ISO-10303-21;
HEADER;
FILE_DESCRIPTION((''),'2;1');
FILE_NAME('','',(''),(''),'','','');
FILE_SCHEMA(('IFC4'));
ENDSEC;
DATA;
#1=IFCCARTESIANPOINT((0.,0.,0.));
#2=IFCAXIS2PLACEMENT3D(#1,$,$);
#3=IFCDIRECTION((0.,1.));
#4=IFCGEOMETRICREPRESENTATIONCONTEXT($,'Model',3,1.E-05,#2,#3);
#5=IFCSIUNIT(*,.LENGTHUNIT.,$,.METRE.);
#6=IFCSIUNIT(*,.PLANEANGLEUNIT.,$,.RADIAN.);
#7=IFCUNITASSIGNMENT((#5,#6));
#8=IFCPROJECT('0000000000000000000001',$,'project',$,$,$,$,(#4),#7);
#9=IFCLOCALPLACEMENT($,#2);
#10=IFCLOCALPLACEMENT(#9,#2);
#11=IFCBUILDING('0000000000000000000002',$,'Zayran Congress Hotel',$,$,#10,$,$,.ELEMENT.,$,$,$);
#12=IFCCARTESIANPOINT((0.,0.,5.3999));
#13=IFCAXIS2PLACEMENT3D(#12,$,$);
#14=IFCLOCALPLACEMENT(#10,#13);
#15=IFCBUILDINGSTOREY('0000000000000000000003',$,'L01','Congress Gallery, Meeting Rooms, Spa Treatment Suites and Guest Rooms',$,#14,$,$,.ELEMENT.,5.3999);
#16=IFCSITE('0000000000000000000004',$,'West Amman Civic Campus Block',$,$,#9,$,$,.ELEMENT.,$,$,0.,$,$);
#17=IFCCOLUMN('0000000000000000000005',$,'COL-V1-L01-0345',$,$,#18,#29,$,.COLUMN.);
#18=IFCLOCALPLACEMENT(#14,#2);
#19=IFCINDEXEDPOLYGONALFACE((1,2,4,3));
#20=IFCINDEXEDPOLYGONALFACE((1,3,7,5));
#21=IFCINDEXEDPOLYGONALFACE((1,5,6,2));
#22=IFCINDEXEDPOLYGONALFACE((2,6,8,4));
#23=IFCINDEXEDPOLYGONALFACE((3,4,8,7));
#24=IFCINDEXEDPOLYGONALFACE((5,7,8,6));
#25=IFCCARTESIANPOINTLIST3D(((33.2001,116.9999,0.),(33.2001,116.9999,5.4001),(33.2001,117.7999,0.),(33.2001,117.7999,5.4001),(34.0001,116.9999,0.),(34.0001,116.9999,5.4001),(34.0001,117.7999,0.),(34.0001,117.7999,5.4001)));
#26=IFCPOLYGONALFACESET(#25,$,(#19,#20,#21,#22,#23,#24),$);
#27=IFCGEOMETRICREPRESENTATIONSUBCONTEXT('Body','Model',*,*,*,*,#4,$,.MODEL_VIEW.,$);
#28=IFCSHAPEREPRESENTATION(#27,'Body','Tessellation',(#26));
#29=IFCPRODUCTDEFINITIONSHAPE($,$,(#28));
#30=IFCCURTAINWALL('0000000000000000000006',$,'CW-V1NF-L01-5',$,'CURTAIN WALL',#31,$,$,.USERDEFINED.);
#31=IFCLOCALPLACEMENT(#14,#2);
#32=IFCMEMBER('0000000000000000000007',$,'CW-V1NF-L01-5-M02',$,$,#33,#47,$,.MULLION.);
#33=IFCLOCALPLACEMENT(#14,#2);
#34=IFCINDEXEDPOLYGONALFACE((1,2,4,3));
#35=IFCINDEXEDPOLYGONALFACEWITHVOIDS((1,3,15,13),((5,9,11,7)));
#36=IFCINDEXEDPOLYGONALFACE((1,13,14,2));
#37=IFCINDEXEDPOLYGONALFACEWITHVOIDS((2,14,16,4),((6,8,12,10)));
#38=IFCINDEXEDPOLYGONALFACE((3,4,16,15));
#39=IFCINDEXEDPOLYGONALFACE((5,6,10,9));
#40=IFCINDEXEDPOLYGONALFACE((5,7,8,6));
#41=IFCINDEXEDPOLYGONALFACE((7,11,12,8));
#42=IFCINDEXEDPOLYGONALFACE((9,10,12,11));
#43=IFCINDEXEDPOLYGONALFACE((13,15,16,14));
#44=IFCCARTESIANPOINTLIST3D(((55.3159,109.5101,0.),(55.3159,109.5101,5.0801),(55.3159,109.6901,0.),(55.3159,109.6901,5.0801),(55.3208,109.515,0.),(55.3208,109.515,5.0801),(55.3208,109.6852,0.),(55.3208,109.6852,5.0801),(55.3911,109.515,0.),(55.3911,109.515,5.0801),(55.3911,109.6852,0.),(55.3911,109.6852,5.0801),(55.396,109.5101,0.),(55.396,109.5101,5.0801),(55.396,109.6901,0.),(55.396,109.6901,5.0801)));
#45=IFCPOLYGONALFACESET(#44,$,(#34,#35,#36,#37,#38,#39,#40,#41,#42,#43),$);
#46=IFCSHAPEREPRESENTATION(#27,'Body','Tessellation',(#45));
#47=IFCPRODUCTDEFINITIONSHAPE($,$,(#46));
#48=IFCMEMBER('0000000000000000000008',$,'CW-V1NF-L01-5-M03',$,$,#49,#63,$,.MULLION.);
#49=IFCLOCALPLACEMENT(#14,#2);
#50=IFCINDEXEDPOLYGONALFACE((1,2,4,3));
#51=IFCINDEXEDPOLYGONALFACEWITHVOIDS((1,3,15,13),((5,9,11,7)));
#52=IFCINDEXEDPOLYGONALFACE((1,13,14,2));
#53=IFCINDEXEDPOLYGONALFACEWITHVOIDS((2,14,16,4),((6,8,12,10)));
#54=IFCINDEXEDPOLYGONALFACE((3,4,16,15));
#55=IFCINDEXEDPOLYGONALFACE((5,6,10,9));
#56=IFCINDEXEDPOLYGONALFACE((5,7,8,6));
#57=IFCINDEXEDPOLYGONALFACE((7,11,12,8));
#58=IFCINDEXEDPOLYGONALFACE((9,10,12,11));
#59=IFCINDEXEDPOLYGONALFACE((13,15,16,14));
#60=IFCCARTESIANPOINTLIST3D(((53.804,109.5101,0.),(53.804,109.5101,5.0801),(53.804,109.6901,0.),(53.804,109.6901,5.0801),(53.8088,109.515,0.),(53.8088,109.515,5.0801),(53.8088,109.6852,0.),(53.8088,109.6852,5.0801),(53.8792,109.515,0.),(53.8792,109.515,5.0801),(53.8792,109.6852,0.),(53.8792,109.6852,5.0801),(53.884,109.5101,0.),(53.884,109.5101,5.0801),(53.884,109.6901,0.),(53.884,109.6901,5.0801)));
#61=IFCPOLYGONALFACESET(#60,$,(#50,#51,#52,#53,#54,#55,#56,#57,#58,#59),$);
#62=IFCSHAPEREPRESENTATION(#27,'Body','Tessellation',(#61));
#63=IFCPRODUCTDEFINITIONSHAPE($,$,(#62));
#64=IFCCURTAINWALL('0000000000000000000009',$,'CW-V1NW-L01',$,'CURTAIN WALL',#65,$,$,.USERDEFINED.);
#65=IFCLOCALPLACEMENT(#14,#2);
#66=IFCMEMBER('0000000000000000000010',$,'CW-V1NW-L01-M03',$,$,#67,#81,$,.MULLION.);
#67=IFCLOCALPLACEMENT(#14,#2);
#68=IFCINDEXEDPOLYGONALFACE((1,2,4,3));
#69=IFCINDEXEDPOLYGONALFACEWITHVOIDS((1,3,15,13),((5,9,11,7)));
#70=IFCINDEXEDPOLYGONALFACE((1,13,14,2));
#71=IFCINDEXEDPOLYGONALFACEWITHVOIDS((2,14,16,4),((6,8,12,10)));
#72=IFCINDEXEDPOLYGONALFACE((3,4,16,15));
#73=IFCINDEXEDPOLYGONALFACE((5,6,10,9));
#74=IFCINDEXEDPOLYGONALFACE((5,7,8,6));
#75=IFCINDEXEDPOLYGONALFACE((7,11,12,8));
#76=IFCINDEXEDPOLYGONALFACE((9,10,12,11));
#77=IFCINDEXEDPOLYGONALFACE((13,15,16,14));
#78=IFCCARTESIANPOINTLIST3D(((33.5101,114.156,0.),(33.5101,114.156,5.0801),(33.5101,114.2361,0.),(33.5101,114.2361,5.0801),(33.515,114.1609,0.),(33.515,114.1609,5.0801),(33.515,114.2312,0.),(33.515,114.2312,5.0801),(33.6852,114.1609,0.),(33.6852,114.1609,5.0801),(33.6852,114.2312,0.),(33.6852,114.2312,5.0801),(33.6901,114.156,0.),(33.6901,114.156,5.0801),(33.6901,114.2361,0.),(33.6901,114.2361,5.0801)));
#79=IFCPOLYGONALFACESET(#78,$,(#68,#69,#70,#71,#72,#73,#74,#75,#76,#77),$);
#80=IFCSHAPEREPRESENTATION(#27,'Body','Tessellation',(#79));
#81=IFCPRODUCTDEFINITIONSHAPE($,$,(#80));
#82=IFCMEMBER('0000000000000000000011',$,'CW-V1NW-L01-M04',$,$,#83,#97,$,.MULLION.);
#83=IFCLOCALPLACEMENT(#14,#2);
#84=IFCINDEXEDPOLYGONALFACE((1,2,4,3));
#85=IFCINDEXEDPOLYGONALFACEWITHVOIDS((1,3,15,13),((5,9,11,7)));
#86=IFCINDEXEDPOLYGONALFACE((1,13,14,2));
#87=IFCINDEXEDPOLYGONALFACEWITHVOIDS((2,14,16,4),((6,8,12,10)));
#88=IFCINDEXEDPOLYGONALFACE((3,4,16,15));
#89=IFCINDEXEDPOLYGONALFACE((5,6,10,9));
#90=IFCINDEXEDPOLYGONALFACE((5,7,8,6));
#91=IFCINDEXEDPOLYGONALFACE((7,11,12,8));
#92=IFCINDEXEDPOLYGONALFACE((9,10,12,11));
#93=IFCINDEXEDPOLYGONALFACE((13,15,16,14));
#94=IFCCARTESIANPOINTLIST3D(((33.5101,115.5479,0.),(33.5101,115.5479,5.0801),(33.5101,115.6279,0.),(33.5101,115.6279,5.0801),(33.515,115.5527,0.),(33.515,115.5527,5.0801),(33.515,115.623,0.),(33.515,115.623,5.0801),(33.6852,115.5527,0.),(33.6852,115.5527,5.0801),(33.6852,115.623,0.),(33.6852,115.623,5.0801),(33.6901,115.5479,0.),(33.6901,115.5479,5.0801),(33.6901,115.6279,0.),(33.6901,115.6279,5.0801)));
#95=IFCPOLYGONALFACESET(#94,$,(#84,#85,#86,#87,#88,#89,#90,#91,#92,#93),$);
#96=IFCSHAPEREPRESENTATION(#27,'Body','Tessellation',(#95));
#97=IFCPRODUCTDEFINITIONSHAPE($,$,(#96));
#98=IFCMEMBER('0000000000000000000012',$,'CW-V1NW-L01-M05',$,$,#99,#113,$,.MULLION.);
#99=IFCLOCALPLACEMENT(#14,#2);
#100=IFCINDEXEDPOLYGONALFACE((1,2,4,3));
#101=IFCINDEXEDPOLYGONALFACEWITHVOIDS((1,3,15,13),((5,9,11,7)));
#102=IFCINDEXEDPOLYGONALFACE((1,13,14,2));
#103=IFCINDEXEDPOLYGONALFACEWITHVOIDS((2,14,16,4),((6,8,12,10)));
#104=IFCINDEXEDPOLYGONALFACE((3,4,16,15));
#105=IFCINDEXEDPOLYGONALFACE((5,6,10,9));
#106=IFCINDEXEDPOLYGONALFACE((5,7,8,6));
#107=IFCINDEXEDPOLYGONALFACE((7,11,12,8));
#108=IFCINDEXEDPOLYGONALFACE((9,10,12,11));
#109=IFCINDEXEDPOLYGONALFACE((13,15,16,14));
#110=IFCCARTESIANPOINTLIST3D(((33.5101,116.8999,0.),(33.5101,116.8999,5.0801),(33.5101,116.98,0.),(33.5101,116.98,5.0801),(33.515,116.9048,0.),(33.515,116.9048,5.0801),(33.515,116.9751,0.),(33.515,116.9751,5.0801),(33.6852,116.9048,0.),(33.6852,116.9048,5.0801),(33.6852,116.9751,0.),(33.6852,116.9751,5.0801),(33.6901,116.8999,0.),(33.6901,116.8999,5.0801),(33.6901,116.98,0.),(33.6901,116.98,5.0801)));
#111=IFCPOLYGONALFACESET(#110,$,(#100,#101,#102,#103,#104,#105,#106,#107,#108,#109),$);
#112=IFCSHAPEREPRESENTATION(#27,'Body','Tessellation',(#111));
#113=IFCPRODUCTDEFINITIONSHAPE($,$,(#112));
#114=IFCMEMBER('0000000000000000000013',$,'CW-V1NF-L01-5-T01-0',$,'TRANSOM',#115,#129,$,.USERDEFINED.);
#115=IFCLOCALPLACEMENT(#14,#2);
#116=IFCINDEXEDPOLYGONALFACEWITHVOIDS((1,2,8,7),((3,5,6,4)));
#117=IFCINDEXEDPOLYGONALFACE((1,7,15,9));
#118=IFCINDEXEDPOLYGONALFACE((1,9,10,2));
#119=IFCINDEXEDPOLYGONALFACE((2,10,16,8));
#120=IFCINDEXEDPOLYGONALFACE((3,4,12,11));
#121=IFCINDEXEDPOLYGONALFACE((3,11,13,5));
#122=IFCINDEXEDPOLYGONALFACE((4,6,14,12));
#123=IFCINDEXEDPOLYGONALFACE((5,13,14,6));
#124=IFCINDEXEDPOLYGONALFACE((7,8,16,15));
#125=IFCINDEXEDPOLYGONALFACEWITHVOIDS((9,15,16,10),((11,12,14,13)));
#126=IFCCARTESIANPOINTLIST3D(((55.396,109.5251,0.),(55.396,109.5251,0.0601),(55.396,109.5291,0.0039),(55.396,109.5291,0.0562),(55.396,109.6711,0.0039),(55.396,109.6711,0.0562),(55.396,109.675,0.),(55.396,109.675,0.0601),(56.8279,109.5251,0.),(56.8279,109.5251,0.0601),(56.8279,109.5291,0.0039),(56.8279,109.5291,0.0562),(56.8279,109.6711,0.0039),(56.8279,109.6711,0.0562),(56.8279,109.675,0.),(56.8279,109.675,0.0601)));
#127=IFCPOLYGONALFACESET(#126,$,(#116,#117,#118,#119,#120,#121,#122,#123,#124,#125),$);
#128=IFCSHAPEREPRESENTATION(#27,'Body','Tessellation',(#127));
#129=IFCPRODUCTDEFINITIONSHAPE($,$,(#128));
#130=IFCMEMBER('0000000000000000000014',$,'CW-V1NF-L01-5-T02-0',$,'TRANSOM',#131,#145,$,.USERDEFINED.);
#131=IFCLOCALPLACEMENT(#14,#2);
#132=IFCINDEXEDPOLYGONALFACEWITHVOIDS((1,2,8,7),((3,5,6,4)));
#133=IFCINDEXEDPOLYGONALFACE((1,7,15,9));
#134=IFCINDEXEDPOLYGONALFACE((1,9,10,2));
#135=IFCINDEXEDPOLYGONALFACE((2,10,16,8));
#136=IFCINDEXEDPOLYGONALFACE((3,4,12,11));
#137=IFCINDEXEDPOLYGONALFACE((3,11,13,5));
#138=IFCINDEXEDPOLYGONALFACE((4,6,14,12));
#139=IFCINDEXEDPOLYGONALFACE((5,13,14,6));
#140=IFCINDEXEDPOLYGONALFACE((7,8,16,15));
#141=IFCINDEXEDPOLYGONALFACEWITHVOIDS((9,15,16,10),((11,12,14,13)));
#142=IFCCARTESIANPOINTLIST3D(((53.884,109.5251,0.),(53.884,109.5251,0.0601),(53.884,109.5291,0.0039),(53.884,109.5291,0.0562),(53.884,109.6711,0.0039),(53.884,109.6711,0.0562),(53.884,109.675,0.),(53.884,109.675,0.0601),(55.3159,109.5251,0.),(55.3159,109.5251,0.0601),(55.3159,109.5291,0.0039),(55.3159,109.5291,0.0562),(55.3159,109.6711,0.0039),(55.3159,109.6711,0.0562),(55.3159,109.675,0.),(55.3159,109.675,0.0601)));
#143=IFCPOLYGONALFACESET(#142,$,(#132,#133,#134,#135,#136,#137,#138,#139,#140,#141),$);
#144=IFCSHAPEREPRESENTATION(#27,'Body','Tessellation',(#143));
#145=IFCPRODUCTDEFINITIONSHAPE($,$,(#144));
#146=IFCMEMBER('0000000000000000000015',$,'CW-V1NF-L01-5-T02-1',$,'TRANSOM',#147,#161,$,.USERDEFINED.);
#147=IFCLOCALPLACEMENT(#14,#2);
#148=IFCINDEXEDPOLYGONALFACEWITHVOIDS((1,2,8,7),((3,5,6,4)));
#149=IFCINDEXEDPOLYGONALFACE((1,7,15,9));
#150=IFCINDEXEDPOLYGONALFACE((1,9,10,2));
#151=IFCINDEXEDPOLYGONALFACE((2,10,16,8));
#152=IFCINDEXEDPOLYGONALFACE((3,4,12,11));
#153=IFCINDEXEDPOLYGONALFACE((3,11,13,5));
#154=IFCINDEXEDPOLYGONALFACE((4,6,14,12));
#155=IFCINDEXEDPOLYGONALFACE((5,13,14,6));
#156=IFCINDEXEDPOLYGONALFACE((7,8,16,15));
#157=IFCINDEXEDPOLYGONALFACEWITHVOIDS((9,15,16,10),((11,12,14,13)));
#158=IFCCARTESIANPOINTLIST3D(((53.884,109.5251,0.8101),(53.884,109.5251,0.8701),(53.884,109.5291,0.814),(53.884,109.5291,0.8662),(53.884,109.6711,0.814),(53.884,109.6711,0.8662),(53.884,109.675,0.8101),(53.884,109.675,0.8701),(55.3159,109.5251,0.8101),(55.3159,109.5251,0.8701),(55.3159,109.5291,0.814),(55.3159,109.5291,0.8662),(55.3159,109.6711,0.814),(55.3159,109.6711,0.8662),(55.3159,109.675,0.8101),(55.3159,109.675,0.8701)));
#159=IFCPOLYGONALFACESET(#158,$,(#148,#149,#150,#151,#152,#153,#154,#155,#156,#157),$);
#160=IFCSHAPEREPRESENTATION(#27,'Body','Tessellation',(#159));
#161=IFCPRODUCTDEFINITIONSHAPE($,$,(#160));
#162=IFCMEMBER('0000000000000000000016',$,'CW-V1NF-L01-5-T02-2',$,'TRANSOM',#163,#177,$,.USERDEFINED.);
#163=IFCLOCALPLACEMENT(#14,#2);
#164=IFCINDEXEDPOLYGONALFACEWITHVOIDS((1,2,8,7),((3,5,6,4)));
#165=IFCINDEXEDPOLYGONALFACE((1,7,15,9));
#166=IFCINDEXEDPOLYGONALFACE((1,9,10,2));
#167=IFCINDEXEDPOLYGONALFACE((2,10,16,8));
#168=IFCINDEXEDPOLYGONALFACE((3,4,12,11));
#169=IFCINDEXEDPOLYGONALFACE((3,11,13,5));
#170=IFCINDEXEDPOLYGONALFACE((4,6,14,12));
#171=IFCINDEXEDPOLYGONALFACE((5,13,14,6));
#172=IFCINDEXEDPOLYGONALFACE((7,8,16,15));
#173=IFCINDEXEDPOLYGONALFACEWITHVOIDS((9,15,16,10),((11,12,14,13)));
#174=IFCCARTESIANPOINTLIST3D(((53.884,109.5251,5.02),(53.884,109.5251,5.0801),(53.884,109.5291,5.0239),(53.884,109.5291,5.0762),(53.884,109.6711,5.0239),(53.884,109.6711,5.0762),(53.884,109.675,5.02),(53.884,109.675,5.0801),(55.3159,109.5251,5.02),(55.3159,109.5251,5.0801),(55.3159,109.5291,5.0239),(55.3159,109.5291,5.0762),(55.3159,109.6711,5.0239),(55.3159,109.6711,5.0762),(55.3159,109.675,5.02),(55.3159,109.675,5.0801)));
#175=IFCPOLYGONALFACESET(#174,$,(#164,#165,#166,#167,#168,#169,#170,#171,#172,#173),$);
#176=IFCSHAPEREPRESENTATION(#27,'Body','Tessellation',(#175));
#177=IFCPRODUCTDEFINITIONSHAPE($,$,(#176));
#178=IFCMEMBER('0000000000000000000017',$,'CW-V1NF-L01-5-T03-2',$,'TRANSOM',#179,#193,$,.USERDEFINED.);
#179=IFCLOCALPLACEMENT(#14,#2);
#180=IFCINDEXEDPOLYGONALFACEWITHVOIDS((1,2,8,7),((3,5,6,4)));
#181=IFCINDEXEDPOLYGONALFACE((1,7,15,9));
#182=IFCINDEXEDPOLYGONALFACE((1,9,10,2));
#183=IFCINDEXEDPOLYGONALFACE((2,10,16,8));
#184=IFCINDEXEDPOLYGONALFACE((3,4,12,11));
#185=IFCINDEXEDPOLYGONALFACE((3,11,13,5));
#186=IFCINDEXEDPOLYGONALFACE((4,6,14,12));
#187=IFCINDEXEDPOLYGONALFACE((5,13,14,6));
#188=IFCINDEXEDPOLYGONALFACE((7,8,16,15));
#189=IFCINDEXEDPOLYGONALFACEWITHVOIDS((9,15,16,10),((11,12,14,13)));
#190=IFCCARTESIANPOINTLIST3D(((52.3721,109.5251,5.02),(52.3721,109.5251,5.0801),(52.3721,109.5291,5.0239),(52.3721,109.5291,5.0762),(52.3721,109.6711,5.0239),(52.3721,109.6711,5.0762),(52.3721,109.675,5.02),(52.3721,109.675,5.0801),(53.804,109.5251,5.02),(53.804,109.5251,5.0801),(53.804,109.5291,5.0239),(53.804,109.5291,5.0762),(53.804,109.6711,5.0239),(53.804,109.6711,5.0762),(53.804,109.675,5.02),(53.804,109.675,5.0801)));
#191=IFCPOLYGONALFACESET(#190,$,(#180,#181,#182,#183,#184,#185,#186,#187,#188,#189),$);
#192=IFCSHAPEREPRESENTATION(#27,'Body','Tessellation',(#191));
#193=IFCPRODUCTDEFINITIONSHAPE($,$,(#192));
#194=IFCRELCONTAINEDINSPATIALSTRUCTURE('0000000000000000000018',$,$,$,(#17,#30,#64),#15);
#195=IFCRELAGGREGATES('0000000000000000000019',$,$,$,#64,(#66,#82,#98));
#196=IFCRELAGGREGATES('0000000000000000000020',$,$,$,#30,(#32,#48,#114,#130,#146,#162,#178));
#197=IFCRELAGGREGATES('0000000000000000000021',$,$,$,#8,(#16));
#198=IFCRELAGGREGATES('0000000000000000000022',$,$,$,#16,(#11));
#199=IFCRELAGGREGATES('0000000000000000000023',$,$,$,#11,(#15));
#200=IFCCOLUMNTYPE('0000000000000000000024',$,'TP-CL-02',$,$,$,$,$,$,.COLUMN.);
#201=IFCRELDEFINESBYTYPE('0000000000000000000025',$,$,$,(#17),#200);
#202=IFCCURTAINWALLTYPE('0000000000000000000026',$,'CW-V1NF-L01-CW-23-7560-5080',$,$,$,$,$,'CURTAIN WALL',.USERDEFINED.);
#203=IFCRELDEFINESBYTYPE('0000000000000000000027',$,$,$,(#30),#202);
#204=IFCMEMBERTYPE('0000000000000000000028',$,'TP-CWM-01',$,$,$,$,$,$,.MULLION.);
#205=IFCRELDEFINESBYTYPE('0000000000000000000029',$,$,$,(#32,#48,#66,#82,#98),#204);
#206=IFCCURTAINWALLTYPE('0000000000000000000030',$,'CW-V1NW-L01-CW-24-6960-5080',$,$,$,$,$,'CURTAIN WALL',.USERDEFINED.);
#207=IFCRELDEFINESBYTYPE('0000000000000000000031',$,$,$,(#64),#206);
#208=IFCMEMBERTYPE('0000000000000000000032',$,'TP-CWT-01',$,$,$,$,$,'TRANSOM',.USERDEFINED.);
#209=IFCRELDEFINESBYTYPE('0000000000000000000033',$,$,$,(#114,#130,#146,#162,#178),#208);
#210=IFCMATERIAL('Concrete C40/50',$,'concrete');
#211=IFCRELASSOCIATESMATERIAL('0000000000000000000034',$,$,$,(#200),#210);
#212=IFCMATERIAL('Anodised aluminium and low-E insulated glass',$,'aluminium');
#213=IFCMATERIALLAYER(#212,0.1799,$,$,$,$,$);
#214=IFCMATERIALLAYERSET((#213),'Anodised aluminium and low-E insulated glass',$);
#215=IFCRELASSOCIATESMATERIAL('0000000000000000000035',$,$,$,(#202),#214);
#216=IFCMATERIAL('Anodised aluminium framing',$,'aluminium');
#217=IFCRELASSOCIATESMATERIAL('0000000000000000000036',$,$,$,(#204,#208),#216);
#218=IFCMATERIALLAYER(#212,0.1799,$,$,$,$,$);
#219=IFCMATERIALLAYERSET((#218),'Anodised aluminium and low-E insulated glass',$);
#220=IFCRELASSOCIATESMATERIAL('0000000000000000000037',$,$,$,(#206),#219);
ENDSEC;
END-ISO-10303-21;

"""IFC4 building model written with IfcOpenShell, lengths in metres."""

from ifc_helpers import new_model, si_unit, direction, frame, origin, origin_2d, place, context, subcontext, project, spatial, rectangle, hollow_rectangle, extrude, material, layer, layer_set, material_profile, profile_set, type_object, element, aggregate, save


model = new_model("IFC4")

# Units and contexts
model_context = context("Model", 3, precision=1e-05, world=origin(), true_north=direction((0.0, 1.0)))
body_context = subcontext(model_context, "Body", "Model", "MODEL_VIEW")
ifc_project = project(units=[si_unit("LENGTHUNIT", "METRE"), si_unit("PLANEANGLEUNIT", "RADIAN")], contexts=[model_context])

# Site, building, storey
site_placement = place(None, origin())
site = spatial("IfcSite", under=ifc_project, at=site_placement, Name="West Amman Civic Campus Block", CompositionType="ELEMENT", RefElevation=0.0)
building_placement = place(site_placement, origin())
building = spatial("IfcBuilding", under=site, at=building_placement, Name="Zayran Congress Hotel", CompositionType="ELEMENT")
storey_placement = place(building_placement, frame((0.0, 0.0, 5.3999)))
storey = spatial("IfcBuildingStorey", under=building, at=storey_placement, Name="L01", Description="Congress Gallery, Meeting Rooms, Spa Treatment Suites and Guest Rooms", CompositionType="ELEMENT", Elevation=5.3999)

# Column
ifc_material_1 = material(Name="Concrete C40/50", Category="concrete")
ifc_material_profile_1 = material_profile(ifc_material_1, rectangle(XDim=0.8, YDim=0.8, at=origin_2d()), Name="RC 800x800")
ifc_profile_set_1 = profile_set([ifc_material_profile_1], Name="Concrete C40/50")
column_type = type_object("IfcColumnType", Name="TP-CL-02", PredefinedType="COLUMN", material=ifc_profile_set_1)
column_placement = place(storey_placement, frame((33.6001, 117.3999, 0.0), z_axis=(0.0, 0.0, 1.0), x_axis=(1.0, 0.0, 0.0)))
element("IfcColumn", 1, at=column_placement, inside=storey, type_object=column_type, Name="COL-V1-L01-0345", PredefinedType="COLUMN", context=body_context, shape_type="SweptSolid", body=[
    extrude(rectangle(XDim=0.8, YDim=0.8, at=origin_2d()), origin(), (0.0, 0.0, 1.0), 5.4001),
])

# Curtain walls, members
ifc_material_2 = material(Name="Anodised aluminium and low-E insulated glass", Category="aluminium")
ifc_layer_1 = layer(ifc_material_2, 0.1799)
ifc_layer_set_1 = layer_set([ifc_layer_1], Name="Anodised aluminium and low-E insulated glass")
curtain_wall_type_1 = type_object("IfcCurtainWallType", Name="CW-V1NF-L01-CW-23-7560-5080", ElementType="CURTAIN WALL", PredefinedType="USERDEFINED", material=ifc_layer_set_1)
curtain_wall_1_placement = place(storey_placement, origin())
curtain_wall_1 = element("IfcCurtainWall", 2, at=curtain_wall_1_placement, inside=storey, type_object=curtain_wall_type_1, Name="CW-V1NF-L01-5", ObjectType="CURTAIN WALL", PredefinedType="USERDEFINED")
ifc_material_3 = material(Name="Anodised aluminium framing", Category="aluminium")
ifc_material_profile_2 = material_profile(ifc_material_3, hollow_rectangle(XDim=0.0801, YDim=0.1799, WallThickness=0.0049, at=origin_2d()), Name="RHS 180x80x5")
ifc_profile_set_2 = profile_set([ifc_material_profile_2], Name="Anodised aluminium framing")
member_type_1 = type_object("IfcMemberType", Name="TP-CWM-01", PredefinedType="MULLION", material=ifc_profile_set_2)
member_1_placement = place(storey_placement, frame((55.356, 109.6001, 0.0), z_axis=(0.0, 0.0, 1.0), x_axis=(1.0, 0.0, 0.0)))
member_1 = element("IfcMember", 3, at=member_1_placement, type_object=member_type_1, Name="CW-V1NF-L01-5-M02", PredefinedType="MULLION", context=body_context, shape_type="SweptSolid", body=[
    extrude(hollow_rectangle(XDim=0.0801, YDim=0.1799, WallThickness=0.0049, at=origin_2d()), origin(), (0.0, 0.0, 1.0), 5.0801),
])
member_2_placement = place(storey_placement, frame((53.844, 109.6001, 0.0), z_axis=(0.0, 0.0, 1.0), x_axis=(1.0, 0.0, 0.0)))
member_2 = element("IfcMember", 4, at=member_2_placement, type_object=member_type_1, Name="CW-V1NF-L01-5-M03", PredefinedType="MULLION", context=body_context, shape_type="SweptSolid", body=[
    extrude(hollow_rectangle(XDim=0.0801, YDim=0.1799, WallThickness=0.0049, at=origin_2d()), origin(), (0.0, 0.0, 1.0), 5.0801),
])
ifc_layer_2 = layer(ifc_material_2, 0.1799)
ifc_layer_set_2 = layer_set([ifc_layer_2], Name="Anodised aluminium and low-E insulated glass")
curtain_wall_type_2 = type_object("IfcCurtainWallType", Name="CW-V1NW-L01-CW-24-6960-5080", ElementType="CURTAIN WALL", PredefinedType="USERDEFINED", material=ifc_layer_set_2)
curtain_wall_2_placement = place(storey_placement, origin())
curtain_wall_2 = element("IfcCurtainWall", 5, at=curtain_wall_2_placement, inside=storey, type_object=curtain_wall_type_2, Name="CW-V1NW-L01", ObjectType="CURTAIN WALL", PredefinedType="USERDEFINED")
member_3_placement = place(storey_placement, frame((33.6001, 114.196, 0.0), z_axis=(0.0, 0.0, 1.0), x_axis=(0.0, 1.0, 0.0)))
member_3 = element("IfcMember", 6, at=member_3_placement, type_object=member_type_1, Name="CW-V1NW-L01-M03", PredefinedType="MULLION", context=body_context, shape_type="SweptSolid", body=[
    extrude(hollow_rectangle(XDim=0.0801, YDim=0.1799, WallThickness=0.0049, at=origin_2d()), origin(), (0.0, 0.0, 1.0), 5.0801),
])
member_4_placement = place(storey_placement, frame((33.6001, 115.5879, 0.0), z_axis=(0.0, 0.0, 1.0), x_axis=(0.0, 1.0, 0.0)))
member_4 = element("IfcMember", 7, at=member_4_placement, type_object=member_type_1, Name="CW-V1NW-L01-M04", PredefinedType="MULLION", context=body_context, shape_type="SweptSolid", body=[
    extrude(hollow_rectangle(XDim=0.0801, YDim=0.1799, WallThickness=0.0049, at=origin_2d()), origin(), (0.0, 0.0, 1.0), 5.0801),
])
member_5_placement = place(storey_placement, frame((33.6001, 116.9399, 0.0), z_axis=(0.0, 0.0, 1.0), x_axis=(0.0, 1.0, 0.0)))
member_5 = element("IfcMember", 8, at=member_5_placement, type_object=member_type_1, Name="CW-V1NW-L01-M05", PredefinedType="MULLION", context=body_context, shape_type="SweptSolid", body=[
    extrude(hollow_rectangle(XDim=0.0801, YDim=0.1799, WallThickness=0.0049, at=origin_2d()), origin(), (0.0, 0.0, 1.0), 5.0801),
])

# Members
ifc_material_profile_3 = material_profile(ifc_material_3, hollow_rectangle(XDim=0.0601, YDim=0.1499, WallThickness=0.0039, at=origin_2d()), Name="RHS 150x60x4")
ifc_profile_set_3 = profile_set([ifc_material_profile_3], Name="Anodised aluminium framing")
member_type_2 = type_object("IfcMemberType", Name="TP-CWT-01", ElementType="TRANSOM", PredefinedType="USERDEFINED", material=ifc_profile_set_3)
member_6_placement = place(storey_placement, frame((56.8279, 109.6001, 0.03), z_axis=(-1.0, 0.0, 0.0), x_axis=(0.0, 0.0, 1.0)))
member_6 = element("IfcMember", 9, at=member_6_placement, type_object=member_type_2, Name="CW-V1NF-L01-5-T01-0", ObjectType="TRANSOM", PredefinedType="USERDEFINED", context=body_context, shape_type="SweptSolid", body=[
    extrude(hollow_rectangle(XDim=0.0601, YDim=0.1499, WallThickness=0.0039, at=origin_2d()), origin(), (0.0, 0.0, 1.0), 1.4319),
])
member_7_placement = place(storey_placement, frame((55.3159, 109.6001, 0.03), z_axis=(-1.0, 0.0, 0.0), x_axis=(0.0, 0.0, 1.0)))
member_7 = element("IfcMember", 10, at=member_7_placement, type_object=member_type_2, Name="CW-V1NF-L01-5-T02-0", ObjectType="TRANSOM", PredefinedType="USERDEFINED", context=body_context, shape_type="SweptSolid", body=[
    extrude(hollow_rectangle(XDim=0.0601, YDim=0.1499, WallThickness=0.0039, at=origin_2d()), origin(), (0.0, 0.0, 1.0), 1.4319),
])
member_8_placement = place(storey_placement, frame((55.3159, 109.6001, 0.8401), z_axis=(-1.0, 0.0, 0.0), x_axis=(0.0, 0.0, 1.0)))
member_8 = element("IfcMember", 11, at=member_8_placement, type_object=member_type_2, Name="CW-V1NF-L01-5-T02-1", ObjectType="TRANSOM", PredefinedType="USERDEFINED", context=body_context, shape_type="SweptSolid", body=[
    extrude(hollow_rectangle(XDim=0.0601, YDim=0.1499, WallThickness=0.0039, at=origin_2d()), origin(), (0.0, 0.0, 1.0), 1.4319),
])
member_9_placement = place(storey_placement, frame((55.3159, 109.6001, 5.05), z_axis=(-1.0, 0.0, 0.0), x_axis=(0.0, 0.0, 1.0)))
member_9 = element("IfcMember", 12, at=member_9_placement, type_object=member_type_2, Name="CW-V1NF-L01-5-T02-2", ObjectType="TRANSOM", PredefinedType="USERDEFINED", context=body_context, shape_type="SweptSolid", body=[
    extrude(hollow_rectangle(XDim=0.0601, YDim=0.1499, WallThickness=0.0039, at=origin_2d()), origin(), (0.0, 0.0, 1.0), 1.4319),
])
member_10_placement = place(storey_placement, frame((53.804, 109.6001, 5.05), z_axis=(-1.0, 0.0, 0.0), x_axis=(0.0, 0.0, 1.0)))
member_10 = element("IfcMember", 13, at=member_10_placement, type_object=member_type_2, Name="CW-V1NF-L01-5-T03-2", ObjectType="TRANSOM", PredefinedType="USERDEFINED", context=body_context, shape_type="SweptSolid", body=[
    extrude(hollow_rectangle(XDim=0.0601, YDim=0.1499, WallThickness=0.0039, at=origin_2d()), origin(), (0.0, 0.0, 1.0), 1.4319),
])

aggregate(curtain_wall_2, [member_3, member_4, member_5])
aggregate(curtain_wall_1, [member_1, member_2, member_6, member_7, member_8, member_9, member_10])

save(model, "model.ifc")
